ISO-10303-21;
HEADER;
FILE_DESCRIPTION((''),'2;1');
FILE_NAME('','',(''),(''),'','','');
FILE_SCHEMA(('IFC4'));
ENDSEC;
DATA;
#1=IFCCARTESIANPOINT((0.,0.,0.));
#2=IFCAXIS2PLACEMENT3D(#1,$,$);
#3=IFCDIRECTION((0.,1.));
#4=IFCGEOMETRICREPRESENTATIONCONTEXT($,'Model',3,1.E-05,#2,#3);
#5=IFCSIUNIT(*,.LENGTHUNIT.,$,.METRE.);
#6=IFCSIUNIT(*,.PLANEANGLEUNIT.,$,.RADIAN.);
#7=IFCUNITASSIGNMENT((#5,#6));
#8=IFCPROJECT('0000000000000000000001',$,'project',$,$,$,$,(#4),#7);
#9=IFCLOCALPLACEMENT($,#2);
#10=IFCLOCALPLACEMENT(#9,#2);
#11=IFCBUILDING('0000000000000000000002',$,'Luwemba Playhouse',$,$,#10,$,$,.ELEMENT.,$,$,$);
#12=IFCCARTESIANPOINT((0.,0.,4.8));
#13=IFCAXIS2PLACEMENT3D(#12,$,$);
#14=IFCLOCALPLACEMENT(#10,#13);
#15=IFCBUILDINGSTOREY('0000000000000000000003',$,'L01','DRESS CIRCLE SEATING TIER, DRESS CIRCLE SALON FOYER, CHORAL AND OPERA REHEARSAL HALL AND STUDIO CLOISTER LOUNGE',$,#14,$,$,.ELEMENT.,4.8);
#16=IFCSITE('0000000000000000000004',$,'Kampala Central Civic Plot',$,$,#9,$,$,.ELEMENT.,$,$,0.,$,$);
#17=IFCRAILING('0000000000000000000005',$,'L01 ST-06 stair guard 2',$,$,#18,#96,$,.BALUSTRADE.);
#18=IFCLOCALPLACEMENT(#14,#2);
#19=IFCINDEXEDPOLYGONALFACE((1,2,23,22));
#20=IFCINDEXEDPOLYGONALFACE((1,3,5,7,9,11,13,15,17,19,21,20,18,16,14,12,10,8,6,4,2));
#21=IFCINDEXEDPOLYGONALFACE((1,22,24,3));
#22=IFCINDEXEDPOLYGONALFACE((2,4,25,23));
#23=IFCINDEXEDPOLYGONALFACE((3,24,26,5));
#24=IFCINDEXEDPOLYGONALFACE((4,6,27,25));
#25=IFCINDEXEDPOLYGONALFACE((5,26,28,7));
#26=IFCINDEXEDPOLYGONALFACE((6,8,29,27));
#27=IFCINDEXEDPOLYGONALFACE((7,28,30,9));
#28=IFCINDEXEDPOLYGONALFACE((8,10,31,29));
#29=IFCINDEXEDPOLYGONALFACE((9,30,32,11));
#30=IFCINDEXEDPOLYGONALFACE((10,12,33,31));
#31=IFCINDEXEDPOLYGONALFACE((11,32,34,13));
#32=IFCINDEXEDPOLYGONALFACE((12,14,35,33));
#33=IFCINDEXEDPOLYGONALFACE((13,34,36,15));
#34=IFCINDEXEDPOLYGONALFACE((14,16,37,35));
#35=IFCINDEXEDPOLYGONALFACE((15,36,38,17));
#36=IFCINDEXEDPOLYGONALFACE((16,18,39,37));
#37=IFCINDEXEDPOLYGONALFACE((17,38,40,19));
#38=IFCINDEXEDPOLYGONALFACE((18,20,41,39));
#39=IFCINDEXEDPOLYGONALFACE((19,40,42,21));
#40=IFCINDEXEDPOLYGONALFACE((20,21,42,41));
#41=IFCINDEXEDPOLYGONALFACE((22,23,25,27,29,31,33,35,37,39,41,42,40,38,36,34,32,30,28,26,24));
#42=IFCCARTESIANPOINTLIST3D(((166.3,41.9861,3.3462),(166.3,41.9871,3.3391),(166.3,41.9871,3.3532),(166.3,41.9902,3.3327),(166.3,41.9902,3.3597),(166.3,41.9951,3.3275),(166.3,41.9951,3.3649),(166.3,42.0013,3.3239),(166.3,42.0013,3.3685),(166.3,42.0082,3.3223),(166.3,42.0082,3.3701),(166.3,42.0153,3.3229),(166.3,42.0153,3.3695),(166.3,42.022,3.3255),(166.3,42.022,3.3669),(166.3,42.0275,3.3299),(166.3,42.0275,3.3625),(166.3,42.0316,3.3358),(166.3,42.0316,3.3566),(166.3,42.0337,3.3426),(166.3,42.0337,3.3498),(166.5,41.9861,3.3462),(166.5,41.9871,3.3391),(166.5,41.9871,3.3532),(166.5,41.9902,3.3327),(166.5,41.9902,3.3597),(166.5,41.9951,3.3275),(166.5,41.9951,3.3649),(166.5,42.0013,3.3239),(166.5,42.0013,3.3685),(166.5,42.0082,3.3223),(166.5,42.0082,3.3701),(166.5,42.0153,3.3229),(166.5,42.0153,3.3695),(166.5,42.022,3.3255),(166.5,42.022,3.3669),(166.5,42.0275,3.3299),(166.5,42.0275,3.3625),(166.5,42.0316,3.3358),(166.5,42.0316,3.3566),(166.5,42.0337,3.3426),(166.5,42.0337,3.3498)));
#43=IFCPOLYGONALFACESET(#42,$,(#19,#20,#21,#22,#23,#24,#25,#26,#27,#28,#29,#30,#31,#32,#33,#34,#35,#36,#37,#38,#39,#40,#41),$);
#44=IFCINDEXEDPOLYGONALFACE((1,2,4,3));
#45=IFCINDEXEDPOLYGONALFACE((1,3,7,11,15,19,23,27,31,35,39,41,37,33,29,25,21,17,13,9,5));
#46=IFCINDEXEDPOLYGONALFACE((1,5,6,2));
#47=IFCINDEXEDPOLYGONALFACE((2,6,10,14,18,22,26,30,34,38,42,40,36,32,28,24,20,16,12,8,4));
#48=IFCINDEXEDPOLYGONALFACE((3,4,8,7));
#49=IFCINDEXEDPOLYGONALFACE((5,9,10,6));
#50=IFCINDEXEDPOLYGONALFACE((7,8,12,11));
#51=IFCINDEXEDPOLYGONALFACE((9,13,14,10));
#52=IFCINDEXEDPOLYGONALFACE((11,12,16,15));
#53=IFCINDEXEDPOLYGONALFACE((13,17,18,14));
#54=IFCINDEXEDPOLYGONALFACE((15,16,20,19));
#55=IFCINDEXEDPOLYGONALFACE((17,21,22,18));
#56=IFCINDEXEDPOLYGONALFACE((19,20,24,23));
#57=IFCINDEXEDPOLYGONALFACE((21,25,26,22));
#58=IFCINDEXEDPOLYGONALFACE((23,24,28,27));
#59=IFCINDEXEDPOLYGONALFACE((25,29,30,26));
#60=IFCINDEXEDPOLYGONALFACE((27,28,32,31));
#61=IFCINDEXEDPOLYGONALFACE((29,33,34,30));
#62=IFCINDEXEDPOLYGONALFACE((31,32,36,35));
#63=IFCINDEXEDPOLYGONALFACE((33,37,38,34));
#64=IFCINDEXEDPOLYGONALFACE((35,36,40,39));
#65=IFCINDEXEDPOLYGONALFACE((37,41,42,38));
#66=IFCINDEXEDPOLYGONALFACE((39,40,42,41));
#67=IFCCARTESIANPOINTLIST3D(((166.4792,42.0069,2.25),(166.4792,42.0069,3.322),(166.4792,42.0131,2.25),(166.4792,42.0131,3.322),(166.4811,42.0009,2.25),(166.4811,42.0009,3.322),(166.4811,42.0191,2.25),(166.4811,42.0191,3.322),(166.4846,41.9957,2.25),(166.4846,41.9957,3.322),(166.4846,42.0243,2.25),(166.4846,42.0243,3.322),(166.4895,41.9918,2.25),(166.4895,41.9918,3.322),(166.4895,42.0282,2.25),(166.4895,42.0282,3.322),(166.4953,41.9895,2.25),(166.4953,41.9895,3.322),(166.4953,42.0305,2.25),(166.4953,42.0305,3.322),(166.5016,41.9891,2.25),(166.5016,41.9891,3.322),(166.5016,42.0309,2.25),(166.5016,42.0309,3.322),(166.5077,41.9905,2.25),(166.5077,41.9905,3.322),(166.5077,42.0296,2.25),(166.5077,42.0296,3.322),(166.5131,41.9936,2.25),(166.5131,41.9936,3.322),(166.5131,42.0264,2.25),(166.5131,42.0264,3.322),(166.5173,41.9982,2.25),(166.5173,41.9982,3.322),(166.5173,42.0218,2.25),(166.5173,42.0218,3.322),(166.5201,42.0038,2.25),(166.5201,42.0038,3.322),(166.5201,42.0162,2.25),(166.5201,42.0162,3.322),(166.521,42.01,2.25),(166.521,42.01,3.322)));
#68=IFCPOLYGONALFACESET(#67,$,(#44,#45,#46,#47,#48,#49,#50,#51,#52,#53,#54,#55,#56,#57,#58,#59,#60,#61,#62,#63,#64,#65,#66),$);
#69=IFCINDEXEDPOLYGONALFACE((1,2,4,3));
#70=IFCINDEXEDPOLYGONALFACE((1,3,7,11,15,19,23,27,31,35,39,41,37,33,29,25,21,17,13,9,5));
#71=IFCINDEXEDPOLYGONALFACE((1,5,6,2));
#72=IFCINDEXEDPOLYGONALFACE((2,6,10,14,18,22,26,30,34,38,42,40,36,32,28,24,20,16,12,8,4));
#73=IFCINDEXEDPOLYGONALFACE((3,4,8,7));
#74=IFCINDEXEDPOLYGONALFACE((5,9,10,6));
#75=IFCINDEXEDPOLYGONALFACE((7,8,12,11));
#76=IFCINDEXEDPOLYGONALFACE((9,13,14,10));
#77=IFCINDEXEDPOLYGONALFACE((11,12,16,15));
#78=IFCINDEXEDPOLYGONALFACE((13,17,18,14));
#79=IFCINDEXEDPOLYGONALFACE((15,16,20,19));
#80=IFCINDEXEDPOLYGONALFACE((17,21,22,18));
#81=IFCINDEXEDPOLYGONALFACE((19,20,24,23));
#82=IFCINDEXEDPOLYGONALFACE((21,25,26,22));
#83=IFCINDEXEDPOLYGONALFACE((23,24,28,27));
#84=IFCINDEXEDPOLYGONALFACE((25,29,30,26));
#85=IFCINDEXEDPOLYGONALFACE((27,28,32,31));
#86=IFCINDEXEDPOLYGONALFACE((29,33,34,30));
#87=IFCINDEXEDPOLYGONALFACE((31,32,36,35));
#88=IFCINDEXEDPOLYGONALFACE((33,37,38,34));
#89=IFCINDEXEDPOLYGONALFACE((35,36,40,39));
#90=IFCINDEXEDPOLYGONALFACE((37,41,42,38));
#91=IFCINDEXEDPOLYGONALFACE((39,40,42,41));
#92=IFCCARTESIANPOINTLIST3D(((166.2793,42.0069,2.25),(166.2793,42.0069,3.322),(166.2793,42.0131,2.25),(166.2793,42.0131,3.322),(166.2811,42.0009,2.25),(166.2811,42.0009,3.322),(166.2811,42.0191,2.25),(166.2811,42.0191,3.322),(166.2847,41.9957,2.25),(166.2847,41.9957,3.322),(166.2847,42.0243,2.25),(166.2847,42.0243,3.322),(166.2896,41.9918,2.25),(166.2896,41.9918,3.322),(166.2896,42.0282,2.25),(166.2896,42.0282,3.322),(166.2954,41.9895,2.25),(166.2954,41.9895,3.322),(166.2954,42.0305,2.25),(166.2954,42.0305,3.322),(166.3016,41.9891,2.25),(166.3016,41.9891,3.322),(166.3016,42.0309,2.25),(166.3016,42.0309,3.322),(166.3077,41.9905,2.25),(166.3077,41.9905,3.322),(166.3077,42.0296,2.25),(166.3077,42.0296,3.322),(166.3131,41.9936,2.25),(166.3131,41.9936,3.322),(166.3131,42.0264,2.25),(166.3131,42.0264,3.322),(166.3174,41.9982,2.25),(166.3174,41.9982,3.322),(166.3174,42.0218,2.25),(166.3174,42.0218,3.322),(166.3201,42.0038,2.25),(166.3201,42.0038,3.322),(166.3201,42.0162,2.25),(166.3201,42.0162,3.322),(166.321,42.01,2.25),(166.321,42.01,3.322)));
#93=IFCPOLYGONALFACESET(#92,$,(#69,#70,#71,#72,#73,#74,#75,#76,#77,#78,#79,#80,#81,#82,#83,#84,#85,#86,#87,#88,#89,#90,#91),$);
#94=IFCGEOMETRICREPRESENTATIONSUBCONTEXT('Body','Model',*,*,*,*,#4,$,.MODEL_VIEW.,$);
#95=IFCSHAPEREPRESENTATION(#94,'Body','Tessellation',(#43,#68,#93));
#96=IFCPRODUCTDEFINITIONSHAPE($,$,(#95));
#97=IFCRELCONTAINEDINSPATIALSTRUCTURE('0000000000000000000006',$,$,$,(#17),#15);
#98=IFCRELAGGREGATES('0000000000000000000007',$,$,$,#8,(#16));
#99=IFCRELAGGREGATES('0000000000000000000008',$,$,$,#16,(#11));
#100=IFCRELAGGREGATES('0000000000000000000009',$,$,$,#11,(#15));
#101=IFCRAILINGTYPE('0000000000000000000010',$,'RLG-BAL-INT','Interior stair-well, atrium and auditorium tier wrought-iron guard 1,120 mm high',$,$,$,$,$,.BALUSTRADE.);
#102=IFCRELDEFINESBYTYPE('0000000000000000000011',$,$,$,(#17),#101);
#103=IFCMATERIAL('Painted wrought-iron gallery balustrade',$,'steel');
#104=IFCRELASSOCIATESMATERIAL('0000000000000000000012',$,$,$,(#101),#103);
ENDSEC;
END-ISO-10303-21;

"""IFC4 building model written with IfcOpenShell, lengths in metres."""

from ifc_helpers import new_model, si_unit, direction, frame, origin, origin_2d, place, context, subcontext, project, spatial, circle, extrude, material, type_object, element, save


model = new_model("IFC4")

# Units and contexts
model_context = context("Model", 3, precision=1e-05, world=origin(), true_north=direction((0.0, 1.0)))
body_context = subcontext(model_context, "Body", "Model", "MODEL_VIEW")
ifc_project = project(units=[si_unit("LENGTHUNIT", "METRE"), si_unit("PLANEANGLEUNIT", "RADIAN")], contexts=[model_context])

# Site, building, storey
site_placement = place(None, origin())
site = spatial("IfcSite", under=ifc_project, at=site_placement, Name="Kampala Central Civic Plot", CompositionType="ELEMENT", RefElevation=0.0)
building_placement = place(site_placement, origin())
building = spatial("IfcBuilding", under=site, at=building_placement, Name="Luwemba Playhouse", CompositionType="ELEMENT")
storey_placement = place(building_placement, frame((0.0, 0.0, 4.8)))
storey = spatial("IfcBuildingStorey", under=building, at=storey_placement, Name="L01", Description="DRESS CIRCLE SEATING TIER, DRESS CIRCLE SALON FOYER, CHORAL AND OPERA REHEARSAL HALL AND STUDIO CLOISTER LOUNGE", CompositionType="ELEMENT", Elevation=4.8)

# Railing
ifc_material_1 = material(Name="Painted wrought-iron gallery balustrade", Category="steel")
railing_type_1 = type_object("IfcRailingType", Name="RLG-BAL-INT", Description="Interior stair-well, atrium and auditorium tier wrought-iron guard 1,120 mm high", PredefinedType="BALUSTRADE", material=ifc_material_1)
railing_1_placement = place(storey_placement, frame((166.5, 42.01, 2.25)))
element("IfcRailing", 1, at=railing_1_placement, inside=storey, type_object=railing_type_1, Name="L01 ST-06 stair guard 2", PredefinedType="BALUSTRADE", context=body_context, shape_type="SweptSolid", body=[
    extrude(circle(Radius=0.0239, at=origin_2d()), frame((0.0, 0.0, 1.0962), z_axis=(-1.0, 0.0, 0.0), x_axis=(0.0, -1.0, 0.0)), (0.0, 0.0, 1.0), 0.2),
    extrude(circle(Radius=0.021, at=origin_2d()), origin(), (0.0, 0.0, 1.0), 1.072),
    extrude(circle(Radius=0.021, at=origin_2d()), frame((-0.2, 0.0, 0.0)), (0.0, 0.0, 1.0), 1.072),
])

save(model, "model.ifc")
